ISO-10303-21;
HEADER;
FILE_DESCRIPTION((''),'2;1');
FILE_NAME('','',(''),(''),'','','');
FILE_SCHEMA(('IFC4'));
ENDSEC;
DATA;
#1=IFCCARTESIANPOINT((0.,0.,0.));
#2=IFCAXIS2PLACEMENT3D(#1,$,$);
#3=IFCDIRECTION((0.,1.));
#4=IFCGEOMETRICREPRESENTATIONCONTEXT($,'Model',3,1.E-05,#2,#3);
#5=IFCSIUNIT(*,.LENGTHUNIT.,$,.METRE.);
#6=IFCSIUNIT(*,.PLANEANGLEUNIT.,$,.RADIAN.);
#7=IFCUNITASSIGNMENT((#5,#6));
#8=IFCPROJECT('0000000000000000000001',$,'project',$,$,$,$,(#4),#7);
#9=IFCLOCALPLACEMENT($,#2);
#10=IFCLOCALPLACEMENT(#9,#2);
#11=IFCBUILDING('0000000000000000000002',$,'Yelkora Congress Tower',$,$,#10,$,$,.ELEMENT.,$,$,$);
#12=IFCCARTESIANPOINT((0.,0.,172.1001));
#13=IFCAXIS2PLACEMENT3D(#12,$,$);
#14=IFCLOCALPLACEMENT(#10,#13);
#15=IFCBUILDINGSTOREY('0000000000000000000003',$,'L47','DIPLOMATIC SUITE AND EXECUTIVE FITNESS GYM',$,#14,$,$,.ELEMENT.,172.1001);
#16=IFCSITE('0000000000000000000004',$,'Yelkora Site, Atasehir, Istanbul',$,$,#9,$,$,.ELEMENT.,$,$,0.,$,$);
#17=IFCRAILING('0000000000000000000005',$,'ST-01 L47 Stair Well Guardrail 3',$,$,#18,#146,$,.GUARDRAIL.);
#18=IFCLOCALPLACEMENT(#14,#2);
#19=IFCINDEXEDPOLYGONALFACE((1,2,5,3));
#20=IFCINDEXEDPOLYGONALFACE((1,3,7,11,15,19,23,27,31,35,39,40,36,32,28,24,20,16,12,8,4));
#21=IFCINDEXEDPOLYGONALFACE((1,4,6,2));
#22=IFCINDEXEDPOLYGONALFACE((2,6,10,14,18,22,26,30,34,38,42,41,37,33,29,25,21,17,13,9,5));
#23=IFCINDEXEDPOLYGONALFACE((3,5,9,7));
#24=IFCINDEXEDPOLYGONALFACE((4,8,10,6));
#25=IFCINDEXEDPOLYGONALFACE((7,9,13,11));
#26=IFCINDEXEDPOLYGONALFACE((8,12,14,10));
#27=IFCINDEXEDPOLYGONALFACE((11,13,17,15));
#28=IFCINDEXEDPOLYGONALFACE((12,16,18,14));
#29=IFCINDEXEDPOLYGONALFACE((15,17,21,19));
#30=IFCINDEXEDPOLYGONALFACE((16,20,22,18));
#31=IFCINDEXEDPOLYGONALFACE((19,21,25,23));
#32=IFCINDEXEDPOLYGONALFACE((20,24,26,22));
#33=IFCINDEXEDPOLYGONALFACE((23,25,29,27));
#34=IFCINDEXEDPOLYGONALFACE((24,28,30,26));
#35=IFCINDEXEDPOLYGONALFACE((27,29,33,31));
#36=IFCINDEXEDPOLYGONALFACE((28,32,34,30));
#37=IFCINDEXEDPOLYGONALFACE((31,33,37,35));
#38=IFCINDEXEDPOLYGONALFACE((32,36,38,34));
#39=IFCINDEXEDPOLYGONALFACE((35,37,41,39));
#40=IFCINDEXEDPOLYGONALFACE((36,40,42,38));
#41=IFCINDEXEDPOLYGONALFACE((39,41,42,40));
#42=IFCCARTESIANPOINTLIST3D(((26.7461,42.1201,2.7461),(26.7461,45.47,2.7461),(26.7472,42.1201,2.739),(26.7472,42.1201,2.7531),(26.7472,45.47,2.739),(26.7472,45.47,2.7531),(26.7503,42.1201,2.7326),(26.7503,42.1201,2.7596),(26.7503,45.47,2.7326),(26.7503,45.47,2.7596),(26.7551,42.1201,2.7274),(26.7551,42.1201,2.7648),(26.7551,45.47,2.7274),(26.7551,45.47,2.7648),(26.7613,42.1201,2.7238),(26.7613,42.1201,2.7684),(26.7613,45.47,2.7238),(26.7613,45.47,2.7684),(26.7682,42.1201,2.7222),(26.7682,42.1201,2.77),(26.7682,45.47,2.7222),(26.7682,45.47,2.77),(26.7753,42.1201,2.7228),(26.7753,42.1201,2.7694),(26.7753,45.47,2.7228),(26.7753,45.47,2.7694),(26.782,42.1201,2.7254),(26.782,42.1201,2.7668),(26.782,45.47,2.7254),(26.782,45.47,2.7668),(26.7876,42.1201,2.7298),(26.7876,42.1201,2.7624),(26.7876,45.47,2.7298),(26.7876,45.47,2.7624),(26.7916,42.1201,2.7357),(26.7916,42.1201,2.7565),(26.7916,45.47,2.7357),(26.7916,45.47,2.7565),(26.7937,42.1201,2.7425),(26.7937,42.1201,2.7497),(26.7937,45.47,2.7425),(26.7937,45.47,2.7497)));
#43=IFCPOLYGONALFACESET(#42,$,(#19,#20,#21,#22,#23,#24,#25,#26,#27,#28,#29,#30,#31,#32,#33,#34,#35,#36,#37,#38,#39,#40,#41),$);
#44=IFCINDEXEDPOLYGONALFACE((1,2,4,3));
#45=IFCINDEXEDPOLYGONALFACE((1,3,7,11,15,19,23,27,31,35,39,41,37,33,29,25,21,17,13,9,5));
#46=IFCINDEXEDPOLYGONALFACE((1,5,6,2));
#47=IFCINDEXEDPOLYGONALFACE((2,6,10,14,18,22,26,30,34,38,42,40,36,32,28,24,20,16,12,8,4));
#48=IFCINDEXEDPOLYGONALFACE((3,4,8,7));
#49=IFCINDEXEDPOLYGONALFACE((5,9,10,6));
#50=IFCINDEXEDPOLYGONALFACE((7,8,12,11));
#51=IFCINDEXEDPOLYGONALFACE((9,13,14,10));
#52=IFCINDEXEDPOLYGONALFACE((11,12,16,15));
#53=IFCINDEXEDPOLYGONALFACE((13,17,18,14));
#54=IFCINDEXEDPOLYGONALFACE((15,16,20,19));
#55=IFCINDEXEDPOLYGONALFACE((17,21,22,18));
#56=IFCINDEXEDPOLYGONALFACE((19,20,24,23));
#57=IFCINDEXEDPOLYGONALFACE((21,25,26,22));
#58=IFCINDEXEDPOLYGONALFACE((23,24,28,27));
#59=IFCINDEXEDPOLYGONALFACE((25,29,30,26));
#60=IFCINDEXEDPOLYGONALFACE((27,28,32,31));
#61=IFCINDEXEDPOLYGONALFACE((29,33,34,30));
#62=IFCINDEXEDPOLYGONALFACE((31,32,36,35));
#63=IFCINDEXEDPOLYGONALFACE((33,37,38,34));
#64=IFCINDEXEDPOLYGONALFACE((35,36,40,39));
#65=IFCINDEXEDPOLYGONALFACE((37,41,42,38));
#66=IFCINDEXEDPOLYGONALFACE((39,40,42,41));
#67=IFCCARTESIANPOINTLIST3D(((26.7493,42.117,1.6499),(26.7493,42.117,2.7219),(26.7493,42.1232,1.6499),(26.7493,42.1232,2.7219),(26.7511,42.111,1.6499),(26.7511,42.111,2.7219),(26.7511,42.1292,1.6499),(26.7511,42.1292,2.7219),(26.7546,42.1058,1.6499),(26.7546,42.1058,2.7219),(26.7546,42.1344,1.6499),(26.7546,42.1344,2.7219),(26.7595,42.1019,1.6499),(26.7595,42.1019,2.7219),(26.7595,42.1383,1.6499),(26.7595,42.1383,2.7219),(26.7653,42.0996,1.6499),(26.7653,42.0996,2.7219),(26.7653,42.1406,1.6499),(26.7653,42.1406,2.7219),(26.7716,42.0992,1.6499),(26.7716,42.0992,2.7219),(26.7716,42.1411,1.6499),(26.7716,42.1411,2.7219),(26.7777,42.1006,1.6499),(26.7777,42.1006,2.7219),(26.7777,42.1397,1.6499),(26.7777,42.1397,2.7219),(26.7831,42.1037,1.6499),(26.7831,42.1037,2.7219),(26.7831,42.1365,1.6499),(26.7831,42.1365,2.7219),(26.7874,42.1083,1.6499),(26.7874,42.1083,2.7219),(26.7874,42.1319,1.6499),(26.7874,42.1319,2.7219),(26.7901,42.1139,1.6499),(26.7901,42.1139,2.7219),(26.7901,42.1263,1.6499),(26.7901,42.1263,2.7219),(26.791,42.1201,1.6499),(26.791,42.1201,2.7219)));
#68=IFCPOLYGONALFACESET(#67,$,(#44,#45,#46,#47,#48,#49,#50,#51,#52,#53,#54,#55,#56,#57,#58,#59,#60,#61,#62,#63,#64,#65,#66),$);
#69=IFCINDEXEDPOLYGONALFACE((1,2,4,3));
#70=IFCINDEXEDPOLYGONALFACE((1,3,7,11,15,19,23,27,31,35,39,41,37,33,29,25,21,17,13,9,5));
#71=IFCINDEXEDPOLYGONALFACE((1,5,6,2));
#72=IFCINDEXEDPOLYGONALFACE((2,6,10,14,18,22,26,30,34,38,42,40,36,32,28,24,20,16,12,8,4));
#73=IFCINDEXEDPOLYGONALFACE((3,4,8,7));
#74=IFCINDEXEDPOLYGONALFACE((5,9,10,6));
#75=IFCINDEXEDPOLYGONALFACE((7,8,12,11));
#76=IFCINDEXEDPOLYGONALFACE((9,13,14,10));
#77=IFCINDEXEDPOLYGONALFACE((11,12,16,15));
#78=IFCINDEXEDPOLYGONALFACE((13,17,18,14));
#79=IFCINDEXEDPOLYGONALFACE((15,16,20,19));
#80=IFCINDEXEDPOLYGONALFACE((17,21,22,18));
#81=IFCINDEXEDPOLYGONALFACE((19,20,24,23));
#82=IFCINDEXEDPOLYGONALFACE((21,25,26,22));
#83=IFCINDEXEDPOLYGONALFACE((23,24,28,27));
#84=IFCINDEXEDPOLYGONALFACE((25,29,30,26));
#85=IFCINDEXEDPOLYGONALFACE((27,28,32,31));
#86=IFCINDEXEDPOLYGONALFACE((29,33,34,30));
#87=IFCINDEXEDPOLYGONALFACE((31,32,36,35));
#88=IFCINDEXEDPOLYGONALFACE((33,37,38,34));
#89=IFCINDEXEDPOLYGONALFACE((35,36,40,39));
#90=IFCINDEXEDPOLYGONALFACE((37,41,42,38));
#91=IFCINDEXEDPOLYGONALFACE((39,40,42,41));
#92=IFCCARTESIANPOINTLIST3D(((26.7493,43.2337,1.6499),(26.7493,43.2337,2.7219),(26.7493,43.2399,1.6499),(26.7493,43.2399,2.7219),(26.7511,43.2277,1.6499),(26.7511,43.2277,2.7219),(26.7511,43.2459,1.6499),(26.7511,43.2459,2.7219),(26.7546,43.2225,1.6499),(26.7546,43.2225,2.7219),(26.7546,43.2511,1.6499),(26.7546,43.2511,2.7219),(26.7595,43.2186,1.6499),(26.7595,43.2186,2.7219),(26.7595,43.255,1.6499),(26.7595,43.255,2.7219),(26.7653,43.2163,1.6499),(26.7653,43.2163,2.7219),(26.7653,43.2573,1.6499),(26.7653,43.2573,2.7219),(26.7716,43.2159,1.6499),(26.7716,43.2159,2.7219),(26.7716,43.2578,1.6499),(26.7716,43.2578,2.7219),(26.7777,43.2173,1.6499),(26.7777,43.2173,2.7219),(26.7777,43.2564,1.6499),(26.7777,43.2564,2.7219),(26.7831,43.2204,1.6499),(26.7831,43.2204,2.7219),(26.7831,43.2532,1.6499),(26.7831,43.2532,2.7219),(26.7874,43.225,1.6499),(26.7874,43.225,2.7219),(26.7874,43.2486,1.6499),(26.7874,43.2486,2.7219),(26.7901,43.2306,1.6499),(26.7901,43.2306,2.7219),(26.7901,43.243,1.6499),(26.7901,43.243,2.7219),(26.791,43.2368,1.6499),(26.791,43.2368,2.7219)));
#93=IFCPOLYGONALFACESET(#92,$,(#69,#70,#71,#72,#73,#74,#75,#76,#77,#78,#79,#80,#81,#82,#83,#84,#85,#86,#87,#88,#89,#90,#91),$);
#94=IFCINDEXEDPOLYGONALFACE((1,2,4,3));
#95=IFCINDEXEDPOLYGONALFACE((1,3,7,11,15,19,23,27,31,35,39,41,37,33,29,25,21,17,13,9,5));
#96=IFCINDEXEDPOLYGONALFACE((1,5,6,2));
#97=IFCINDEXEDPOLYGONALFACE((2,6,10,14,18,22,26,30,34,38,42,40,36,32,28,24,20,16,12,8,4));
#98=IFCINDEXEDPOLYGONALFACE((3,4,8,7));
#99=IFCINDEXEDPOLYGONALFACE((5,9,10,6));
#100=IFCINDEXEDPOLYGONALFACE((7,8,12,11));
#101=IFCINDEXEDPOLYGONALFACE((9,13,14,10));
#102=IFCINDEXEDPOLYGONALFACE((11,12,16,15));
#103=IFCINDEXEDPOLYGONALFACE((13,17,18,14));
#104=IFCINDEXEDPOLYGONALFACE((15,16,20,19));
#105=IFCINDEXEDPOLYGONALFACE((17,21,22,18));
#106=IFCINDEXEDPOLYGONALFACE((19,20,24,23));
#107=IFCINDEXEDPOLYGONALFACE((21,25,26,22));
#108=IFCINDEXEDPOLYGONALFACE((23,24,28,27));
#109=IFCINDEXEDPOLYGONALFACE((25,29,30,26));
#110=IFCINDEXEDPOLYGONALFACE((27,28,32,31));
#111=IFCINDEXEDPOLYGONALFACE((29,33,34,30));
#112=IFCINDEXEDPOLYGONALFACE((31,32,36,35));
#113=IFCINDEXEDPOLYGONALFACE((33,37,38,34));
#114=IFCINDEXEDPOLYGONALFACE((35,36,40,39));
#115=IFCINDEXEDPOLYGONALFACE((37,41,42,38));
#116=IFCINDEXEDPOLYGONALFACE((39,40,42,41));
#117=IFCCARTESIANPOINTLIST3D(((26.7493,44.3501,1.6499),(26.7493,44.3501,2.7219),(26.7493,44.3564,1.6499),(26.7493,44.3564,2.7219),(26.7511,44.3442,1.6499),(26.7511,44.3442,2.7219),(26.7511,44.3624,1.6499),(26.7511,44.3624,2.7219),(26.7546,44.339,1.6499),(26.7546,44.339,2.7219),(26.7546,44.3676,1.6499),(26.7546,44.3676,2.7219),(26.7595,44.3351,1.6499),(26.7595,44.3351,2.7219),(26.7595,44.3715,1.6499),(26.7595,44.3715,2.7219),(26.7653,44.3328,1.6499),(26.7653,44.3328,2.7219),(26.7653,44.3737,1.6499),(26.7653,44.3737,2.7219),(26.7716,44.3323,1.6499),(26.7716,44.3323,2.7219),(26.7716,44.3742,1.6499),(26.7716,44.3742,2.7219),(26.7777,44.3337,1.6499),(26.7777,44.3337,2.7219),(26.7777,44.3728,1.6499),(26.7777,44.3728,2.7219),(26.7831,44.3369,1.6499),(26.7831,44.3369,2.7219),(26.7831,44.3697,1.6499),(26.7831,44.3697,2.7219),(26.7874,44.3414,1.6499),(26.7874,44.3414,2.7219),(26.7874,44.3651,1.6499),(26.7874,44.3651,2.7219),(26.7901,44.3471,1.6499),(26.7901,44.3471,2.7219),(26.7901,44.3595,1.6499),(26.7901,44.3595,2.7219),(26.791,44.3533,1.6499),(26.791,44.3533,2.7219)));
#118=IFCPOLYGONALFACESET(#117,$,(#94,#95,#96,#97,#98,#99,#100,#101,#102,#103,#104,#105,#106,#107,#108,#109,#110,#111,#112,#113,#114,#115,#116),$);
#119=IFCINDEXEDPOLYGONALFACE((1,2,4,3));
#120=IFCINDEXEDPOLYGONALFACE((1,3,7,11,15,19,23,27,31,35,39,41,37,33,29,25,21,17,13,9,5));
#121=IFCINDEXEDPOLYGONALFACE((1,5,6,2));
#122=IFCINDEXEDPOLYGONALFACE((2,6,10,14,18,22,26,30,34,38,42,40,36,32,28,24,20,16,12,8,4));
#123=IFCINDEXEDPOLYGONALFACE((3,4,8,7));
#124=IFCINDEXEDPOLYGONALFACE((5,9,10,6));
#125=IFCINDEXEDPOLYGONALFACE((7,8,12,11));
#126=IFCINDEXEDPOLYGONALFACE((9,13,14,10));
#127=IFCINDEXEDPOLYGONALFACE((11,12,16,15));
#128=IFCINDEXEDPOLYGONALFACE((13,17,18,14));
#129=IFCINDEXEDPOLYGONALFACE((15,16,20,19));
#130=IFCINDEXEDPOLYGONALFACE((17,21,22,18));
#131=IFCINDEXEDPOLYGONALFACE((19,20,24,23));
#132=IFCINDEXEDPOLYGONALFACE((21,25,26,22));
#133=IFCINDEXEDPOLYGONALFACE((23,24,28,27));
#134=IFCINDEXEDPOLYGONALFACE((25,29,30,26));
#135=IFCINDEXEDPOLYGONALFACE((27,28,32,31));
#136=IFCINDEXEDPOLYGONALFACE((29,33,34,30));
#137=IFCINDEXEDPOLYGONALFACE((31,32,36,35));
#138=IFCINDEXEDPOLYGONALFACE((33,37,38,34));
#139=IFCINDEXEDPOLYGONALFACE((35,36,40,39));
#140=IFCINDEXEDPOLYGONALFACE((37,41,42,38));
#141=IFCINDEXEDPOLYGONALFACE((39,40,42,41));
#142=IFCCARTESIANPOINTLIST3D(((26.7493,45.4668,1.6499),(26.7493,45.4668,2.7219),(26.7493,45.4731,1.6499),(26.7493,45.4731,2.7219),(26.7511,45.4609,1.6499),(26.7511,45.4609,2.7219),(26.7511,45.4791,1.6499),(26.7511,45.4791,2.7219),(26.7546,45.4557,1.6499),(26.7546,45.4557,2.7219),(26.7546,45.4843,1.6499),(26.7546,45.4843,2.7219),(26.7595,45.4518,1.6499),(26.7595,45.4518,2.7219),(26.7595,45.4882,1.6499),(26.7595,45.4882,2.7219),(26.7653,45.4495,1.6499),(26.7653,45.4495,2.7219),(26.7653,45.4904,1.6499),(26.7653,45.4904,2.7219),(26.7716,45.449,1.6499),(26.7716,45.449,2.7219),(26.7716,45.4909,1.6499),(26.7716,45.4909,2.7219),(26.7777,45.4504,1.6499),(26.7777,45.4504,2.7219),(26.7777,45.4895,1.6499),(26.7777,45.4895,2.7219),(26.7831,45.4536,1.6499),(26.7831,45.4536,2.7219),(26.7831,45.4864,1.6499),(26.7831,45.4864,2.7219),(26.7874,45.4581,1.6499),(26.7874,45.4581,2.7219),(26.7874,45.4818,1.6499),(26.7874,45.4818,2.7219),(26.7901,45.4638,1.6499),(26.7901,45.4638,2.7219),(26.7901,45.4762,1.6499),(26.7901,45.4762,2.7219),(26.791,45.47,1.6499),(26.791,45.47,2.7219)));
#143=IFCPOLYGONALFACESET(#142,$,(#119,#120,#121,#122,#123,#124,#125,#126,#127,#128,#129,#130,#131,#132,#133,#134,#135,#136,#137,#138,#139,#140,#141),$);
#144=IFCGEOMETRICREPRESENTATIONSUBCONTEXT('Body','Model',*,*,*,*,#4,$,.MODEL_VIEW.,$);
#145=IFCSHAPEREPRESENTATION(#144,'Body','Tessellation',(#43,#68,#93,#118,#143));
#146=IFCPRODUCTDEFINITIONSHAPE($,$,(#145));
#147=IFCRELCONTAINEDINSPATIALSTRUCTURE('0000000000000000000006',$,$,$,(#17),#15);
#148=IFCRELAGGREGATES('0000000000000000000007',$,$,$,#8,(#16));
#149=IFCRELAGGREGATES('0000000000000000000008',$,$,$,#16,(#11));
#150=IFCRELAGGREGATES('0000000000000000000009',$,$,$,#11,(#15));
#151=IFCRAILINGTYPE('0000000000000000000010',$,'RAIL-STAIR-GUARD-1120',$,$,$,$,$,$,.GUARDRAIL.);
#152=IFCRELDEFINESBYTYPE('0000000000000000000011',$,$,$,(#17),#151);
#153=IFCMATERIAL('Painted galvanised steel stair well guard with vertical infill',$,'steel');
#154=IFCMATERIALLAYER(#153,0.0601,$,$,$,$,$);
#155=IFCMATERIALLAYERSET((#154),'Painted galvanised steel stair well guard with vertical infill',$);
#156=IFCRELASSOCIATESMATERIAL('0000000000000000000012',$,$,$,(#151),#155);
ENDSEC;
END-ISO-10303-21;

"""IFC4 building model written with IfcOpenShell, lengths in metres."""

from ifc_helpers import new_model, si_unit, direction, frame, origin, origin_2d, place, context, subcontext, project, spatial, circle, extrude, material, layer, layer_set, type_object, element, save


model = new_model("IFC4")

# Units and contexts
model_context = context("Model", 3, precision=1e-05, world=origin(), true_north=direction((0.0, 1.0)))
body_context = subcontext(model_context, "Body", "Model", "MODEL_VIEW")
ifc_project = project(units=[si_unit("LENGTHUNIT", "METRE"), si_unit("PLANEANGLEUNIT", "RADIAN")], contexts=[model_context])

# Site, building, storey
site_placement = place(None, origin())
site = spatial("IfcSite", under=ifc_project, at=site_placement, Name="Yelkora Site, Atasehir, Istanbul", CompositionType="ELEMENT", RefElevation=0.0)
building_placement = place(site_placement, origin())
building = spatial("IfcBuilding", under=site, at=building_placement, Name="Yelkora Congress Tower", CompositionType="ELEMENT")
storey_placement = place(building_placement, frame((0.0, 0.0, 172.1001)))
storey = spatial("IfcBuildingStorey", under=building, at=storey_placement, Name="L47", Description="DIPLOMATIC SUITE AND EXECUTIVE FITNESS GYM", CompositionType="ELEMENT", Elevation=172.1001)

# Railing
ifc_material_1 = material(Name="Painted galvanised steel stair well guard with vertical infill", Category="steel")
ifc_layer_1 = layer(ifc_material_1, 0.0601)
ifc_layer_set_1 = layer_set([ifc_layer_1], Name="Painted galvanised steel stair well guard with vertical infill")
railing_type = type_object("IfcRailingType", Name="RAIL-STAIR-GUARD-1120", PredefinedType="GUARDRAIL", material=ifc_layer_set_1)
for number, where, name in (
    (1, (26.77, 42.1201, 1.6499), "ST-01 L47 Stair Well Guardrail 3"),
):
    element("IfcRailing", number, at=place(storey_placement, frame(where)), inside=storey, type_object=railing_type, Name=name, PredefinedType="GUARDRAIL", context=body_context, shape_type="SweptSolid", body=[
        extrude(circle(Radius=0.0239, at=origin_2d()), frame((0.0, 0.0, 1.0962), z_axis=(0.0, 1.0, 0.0), x_axis=(-1.0, 0.0, 0.0)), (0.0, 0.0, 1.0), 3.3499),
        extrude(circle(Radius=0.021, at=origin_2d()), origin(), (0.0, 0.0, 1.0), 1.072),
        extrude(circle(Radius=0.021, at=origin_2d()), frame((0.0, 1.1167, 0.0)), (0.0, 0.0, 1.0), 1.072),
        extrude(circle(Radius=0.021, at=origin_2d()), frame((0.0, 2.2332, 0.0)), (0.0, 0.0, 1.0), 1.072),
        extrude(circle(Radius=0.021, at=origin_2d()), frame((0.0, 3.3499, 0.0)), (0.0, 0.0, 1.0), 1.072),
    ])

save(model, "model.ifc")
